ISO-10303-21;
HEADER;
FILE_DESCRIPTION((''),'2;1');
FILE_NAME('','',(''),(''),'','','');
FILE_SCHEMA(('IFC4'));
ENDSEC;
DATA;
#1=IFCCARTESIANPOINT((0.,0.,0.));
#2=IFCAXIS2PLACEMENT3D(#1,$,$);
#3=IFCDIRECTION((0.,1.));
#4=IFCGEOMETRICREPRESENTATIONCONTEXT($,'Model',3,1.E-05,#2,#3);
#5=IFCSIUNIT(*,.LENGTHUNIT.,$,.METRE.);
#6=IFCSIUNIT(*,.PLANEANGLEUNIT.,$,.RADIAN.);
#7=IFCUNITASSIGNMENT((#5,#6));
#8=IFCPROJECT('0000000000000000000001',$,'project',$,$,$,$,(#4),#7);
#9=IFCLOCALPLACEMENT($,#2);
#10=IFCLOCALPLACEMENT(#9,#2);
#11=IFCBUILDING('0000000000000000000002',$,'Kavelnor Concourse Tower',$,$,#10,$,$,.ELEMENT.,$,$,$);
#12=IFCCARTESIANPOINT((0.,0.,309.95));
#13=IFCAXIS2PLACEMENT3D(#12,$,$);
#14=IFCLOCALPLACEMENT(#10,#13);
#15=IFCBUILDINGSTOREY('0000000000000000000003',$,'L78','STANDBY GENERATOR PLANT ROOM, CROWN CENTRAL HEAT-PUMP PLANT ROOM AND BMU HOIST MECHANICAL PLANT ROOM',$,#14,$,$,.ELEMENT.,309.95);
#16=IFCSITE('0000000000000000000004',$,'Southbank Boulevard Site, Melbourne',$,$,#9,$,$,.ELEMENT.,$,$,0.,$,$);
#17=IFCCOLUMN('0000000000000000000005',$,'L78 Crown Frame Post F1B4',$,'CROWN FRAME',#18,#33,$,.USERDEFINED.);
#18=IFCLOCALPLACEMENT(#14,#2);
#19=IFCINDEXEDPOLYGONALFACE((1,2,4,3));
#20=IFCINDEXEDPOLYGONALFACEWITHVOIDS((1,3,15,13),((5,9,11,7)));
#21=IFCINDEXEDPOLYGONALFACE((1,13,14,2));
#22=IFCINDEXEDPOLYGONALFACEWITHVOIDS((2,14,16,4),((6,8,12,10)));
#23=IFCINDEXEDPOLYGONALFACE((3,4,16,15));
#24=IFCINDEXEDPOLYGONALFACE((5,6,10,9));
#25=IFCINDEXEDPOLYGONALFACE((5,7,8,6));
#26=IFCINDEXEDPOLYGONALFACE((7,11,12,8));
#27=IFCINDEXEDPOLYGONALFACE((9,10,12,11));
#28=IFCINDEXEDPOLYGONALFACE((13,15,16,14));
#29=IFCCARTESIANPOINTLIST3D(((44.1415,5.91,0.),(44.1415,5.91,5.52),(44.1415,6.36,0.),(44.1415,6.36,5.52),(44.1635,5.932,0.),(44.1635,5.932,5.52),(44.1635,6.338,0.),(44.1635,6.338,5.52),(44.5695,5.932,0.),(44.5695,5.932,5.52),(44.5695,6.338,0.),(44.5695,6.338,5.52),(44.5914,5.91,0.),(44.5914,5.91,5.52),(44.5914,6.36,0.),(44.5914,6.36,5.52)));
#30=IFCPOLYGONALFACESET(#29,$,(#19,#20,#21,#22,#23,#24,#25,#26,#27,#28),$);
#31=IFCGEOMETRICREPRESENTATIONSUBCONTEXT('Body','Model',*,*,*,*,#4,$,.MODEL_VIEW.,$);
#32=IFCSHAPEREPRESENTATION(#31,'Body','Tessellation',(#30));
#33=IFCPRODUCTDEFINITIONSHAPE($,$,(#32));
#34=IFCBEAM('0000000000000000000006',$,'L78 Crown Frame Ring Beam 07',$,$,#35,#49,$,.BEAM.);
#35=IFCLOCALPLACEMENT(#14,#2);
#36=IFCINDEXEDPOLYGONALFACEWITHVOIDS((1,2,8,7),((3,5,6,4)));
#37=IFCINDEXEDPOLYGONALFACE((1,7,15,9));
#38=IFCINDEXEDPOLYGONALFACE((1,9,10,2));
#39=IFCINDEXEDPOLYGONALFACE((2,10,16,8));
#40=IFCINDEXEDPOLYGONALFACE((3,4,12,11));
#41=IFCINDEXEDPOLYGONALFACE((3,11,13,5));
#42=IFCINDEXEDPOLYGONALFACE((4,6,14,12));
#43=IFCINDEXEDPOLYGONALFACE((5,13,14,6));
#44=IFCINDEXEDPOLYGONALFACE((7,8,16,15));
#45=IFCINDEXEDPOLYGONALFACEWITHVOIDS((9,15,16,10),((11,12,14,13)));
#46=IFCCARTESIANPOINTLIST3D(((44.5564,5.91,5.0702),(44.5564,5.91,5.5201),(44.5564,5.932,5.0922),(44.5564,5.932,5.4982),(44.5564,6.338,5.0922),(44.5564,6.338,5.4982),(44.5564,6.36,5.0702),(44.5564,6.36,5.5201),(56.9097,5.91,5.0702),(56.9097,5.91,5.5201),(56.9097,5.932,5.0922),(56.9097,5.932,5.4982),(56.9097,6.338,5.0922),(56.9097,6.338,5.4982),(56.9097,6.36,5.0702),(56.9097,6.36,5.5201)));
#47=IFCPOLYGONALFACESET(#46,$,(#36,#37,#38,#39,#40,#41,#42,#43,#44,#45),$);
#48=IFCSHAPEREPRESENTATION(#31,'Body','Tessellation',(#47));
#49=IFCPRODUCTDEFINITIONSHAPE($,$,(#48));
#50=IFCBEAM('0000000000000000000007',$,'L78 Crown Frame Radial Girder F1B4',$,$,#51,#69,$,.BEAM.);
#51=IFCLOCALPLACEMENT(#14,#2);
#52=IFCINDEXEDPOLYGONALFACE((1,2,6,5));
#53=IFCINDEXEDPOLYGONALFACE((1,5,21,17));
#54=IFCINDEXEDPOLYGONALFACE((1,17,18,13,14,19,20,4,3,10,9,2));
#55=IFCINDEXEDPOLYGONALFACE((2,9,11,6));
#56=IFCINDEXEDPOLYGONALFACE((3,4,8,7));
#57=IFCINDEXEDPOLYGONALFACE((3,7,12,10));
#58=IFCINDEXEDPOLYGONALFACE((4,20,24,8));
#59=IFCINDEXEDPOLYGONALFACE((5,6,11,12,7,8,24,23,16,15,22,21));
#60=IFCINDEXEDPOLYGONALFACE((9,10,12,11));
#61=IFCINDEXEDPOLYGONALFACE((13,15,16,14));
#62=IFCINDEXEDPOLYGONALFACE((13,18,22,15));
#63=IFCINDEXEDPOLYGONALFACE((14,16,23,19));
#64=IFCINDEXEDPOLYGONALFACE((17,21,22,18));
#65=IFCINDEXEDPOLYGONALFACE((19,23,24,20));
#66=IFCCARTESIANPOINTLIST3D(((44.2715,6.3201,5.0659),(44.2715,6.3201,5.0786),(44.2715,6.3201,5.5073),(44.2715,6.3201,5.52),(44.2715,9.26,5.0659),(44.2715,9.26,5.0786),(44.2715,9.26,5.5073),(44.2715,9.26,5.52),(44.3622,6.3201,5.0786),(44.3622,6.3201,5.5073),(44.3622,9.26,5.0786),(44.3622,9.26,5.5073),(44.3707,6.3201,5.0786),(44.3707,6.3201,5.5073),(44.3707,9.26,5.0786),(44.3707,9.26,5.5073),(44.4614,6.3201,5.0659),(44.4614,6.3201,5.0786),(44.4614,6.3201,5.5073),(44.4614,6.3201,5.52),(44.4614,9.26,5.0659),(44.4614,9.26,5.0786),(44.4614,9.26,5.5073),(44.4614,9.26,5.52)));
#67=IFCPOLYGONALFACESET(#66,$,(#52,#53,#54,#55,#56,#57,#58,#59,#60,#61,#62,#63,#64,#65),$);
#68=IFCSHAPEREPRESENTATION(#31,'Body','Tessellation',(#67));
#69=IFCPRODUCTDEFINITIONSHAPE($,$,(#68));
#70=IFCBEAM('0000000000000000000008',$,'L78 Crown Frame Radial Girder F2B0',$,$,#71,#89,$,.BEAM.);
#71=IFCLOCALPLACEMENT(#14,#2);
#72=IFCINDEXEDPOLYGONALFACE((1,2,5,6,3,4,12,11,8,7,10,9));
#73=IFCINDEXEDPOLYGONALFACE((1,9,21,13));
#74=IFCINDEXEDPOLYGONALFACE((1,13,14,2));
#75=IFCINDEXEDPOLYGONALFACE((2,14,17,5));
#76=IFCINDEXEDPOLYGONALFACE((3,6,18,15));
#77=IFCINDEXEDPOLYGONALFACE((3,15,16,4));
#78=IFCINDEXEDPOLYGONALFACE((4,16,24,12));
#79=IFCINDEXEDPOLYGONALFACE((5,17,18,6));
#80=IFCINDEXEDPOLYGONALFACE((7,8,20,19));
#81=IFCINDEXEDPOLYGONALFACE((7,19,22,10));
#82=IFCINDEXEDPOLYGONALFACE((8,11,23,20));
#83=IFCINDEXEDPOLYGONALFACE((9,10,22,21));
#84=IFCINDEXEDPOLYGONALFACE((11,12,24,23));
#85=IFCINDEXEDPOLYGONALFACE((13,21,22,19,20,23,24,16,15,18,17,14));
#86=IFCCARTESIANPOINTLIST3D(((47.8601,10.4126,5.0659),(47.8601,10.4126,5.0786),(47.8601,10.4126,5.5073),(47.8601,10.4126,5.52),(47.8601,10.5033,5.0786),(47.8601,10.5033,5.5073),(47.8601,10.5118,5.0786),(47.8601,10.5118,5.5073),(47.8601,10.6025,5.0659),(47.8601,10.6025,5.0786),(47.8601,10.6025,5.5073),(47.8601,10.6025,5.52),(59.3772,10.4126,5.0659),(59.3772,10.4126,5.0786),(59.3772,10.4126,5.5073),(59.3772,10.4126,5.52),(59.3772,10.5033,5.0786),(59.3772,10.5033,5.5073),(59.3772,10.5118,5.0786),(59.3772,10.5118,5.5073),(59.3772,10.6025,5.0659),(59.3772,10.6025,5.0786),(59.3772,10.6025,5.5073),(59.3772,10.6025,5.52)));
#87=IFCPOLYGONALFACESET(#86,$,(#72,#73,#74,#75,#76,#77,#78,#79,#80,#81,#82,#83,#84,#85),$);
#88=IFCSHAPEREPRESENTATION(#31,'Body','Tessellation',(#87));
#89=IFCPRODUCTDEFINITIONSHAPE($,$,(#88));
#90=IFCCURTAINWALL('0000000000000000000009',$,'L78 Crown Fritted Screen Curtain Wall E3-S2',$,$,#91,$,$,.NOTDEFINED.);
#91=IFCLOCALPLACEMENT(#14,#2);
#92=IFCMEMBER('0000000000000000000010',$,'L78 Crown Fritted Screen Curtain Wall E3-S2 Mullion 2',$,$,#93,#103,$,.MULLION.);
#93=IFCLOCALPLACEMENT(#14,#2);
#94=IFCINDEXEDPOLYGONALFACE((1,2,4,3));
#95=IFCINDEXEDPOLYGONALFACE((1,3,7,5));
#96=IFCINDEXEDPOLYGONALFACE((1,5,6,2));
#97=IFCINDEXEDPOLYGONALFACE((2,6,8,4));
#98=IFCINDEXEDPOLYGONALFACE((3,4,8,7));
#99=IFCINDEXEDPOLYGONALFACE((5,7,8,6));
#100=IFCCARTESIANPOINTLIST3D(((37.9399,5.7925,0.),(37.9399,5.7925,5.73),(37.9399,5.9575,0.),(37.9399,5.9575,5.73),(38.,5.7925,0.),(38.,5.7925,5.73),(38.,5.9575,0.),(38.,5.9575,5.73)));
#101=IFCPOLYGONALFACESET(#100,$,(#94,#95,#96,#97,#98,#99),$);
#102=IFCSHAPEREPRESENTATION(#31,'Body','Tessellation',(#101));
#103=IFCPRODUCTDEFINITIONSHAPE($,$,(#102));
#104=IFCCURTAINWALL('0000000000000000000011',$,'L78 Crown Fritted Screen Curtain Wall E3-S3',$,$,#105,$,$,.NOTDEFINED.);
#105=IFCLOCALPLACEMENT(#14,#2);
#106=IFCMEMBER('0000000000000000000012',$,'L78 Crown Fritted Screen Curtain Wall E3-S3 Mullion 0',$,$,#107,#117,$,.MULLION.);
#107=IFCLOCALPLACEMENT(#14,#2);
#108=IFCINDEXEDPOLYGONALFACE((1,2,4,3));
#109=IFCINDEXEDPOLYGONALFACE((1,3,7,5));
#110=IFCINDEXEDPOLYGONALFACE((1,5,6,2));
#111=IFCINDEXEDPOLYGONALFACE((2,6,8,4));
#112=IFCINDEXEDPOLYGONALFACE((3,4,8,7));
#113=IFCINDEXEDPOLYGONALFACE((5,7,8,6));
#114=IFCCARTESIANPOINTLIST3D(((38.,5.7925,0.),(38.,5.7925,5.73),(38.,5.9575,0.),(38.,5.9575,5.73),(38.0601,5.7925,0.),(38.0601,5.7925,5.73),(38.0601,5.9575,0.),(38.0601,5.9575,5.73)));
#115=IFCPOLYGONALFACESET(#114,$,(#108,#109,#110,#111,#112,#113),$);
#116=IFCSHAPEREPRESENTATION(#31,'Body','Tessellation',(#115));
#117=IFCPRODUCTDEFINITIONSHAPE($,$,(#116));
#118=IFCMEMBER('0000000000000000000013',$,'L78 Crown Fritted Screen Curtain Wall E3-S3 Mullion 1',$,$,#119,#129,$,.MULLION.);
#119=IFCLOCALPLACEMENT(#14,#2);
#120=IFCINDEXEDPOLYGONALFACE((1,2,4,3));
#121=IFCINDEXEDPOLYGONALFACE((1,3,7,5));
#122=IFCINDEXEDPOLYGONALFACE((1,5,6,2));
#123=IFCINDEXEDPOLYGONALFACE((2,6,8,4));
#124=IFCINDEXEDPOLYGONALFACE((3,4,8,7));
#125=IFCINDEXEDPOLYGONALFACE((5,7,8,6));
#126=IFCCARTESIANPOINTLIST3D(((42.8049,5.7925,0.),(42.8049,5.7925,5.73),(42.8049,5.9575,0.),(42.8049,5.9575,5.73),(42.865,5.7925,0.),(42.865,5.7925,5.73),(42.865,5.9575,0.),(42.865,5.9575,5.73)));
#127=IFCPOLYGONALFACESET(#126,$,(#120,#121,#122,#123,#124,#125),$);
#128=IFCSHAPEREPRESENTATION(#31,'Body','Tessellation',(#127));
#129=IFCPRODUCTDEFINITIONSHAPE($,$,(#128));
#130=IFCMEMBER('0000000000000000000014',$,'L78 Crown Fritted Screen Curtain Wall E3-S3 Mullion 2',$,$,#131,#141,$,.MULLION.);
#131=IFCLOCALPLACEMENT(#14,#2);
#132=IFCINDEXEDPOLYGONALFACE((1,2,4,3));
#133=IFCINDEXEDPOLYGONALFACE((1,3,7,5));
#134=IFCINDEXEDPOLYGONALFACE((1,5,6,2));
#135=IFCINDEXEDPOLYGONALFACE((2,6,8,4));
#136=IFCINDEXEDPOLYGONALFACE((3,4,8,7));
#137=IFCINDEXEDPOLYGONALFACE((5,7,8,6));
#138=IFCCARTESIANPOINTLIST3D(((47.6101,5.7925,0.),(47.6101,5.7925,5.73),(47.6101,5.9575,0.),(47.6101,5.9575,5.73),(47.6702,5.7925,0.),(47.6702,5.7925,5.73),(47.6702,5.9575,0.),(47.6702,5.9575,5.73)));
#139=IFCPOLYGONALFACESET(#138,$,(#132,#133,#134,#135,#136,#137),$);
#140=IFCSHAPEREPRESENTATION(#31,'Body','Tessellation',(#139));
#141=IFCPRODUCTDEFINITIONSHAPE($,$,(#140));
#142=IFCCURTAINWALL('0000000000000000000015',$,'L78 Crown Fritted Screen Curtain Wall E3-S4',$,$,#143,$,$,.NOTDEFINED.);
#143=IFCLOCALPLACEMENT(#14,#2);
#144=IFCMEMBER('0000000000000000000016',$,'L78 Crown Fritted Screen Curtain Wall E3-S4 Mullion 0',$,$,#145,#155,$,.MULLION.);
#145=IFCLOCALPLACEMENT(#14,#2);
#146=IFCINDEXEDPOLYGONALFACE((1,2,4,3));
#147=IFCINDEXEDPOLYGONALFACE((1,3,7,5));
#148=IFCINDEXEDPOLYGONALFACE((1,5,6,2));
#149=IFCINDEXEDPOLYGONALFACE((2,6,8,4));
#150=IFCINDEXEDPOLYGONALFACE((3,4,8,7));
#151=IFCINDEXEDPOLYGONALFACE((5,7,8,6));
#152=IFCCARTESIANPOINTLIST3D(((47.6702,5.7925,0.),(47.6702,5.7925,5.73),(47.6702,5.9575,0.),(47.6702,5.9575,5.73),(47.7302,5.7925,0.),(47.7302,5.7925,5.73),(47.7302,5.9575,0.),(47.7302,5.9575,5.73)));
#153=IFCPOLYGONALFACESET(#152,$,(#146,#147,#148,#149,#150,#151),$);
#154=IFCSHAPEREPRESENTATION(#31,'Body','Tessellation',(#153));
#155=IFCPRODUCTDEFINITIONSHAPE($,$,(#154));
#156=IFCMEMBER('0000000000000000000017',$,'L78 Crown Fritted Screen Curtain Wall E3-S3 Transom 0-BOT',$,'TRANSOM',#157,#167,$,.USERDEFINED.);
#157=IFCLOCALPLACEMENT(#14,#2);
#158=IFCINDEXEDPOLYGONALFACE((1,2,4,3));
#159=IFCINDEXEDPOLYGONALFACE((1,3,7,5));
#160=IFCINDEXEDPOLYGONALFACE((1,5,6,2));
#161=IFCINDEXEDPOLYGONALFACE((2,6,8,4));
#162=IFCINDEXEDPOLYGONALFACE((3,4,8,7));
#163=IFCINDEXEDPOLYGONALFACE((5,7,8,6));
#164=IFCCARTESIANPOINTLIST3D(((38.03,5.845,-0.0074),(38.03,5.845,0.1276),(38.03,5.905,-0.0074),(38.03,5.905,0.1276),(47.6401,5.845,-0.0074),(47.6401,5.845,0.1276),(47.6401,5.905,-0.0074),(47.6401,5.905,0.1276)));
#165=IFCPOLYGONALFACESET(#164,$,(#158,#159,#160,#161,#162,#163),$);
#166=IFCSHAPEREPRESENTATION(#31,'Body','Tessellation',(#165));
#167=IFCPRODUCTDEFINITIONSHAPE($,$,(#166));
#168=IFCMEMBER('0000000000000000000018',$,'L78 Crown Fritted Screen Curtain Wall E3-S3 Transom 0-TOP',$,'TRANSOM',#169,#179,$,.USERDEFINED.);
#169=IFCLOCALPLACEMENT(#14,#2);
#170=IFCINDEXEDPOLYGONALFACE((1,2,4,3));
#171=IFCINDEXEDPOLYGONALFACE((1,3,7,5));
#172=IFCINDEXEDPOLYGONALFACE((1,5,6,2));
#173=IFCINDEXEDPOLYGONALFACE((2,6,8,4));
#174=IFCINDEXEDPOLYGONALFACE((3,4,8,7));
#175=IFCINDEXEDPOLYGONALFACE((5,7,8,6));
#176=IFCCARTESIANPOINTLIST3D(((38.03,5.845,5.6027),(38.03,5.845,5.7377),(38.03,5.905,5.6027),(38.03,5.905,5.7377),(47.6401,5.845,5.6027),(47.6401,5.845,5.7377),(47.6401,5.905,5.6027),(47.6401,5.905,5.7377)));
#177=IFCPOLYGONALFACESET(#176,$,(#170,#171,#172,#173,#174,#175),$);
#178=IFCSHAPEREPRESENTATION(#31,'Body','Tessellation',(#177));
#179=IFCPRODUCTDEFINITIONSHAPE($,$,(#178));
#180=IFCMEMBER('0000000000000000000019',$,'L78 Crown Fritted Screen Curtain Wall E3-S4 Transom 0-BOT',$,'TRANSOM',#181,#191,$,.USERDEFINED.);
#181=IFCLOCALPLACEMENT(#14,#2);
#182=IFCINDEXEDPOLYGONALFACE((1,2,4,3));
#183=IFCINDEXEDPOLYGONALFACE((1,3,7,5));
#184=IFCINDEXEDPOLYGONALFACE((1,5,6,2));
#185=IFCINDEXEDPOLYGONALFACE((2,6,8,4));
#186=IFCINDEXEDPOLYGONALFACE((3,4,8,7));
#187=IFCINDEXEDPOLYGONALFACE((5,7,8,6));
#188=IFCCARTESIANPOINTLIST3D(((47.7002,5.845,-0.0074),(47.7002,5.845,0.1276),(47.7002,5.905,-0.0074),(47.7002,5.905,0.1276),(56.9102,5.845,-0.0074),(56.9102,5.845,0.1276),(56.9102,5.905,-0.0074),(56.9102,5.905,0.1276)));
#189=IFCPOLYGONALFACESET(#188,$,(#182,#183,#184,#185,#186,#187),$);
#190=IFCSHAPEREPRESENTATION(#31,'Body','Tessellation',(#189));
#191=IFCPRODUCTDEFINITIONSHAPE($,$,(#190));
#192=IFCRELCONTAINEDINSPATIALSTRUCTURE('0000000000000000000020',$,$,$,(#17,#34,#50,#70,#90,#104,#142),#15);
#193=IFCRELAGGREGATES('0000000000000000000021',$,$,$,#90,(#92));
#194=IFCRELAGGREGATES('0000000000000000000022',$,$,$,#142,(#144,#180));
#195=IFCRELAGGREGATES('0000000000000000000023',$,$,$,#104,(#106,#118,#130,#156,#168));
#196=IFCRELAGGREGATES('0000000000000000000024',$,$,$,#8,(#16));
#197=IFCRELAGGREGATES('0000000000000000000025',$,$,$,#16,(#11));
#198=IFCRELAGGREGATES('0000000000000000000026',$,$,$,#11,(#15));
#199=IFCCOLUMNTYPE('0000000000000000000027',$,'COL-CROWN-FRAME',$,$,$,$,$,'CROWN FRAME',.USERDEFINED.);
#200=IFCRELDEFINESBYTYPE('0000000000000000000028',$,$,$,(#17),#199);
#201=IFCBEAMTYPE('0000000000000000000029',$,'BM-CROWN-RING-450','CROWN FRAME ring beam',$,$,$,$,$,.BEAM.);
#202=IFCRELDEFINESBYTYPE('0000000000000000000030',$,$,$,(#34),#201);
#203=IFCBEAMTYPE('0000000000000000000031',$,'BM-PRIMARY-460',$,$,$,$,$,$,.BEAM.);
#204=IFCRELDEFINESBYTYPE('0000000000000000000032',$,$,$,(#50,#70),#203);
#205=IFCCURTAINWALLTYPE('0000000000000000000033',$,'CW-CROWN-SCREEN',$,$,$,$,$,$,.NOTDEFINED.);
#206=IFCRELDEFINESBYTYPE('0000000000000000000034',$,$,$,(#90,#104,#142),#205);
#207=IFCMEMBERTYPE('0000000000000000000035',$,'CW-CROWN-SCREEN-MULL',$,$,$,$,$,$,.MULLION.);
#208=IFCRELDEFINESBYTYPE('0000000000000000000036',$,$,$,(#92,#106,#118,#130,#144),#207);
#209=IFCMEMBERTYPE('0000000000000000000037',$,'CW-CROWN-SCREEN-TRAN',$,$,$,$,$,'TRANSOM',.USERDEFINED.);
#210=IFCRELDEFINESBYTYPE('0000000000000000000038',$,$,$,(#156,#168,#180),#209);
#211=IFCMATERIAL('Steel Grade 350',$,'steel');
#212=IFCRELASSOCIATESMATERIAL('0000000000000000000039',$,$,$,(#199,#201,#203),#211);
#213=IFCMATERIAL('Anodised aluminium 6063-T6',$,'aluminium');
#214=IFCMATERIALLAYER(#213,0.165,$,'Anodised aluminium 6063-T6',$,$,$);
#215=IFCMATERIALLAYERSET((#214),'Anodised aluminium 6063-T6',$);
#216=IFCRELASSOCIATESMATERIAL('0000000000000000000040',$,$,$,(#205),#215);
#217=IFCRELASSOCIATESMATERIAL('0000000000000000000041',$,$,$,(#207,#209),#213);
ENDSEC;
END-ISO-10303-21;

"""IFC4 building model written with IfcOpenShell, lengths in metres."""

from ifc_helpers import new_model, si_unit, direction, frame, origin, origin_2d, place, context, subcontext, project, spatial, rectangle, hollow_rectangle, i_section, extrude, material, layer, layer_set, material_profile, profile_set, type_object, element, aggregate, save


model = new_model("IFC4")

# Units and contexts
model_context = context("Model", 3, precision=1e-05, world=origin(), true_north=direction((0.0, 1.0)))
body_context = subcontext(model_context, "Body", "Model", "MODEL_VIEW")
ifc_project = project(units=[si_unit("LENGTHUNIT", "METRE"), si_unit("PLANEANGLEUNIT", "RADIAN")], contexts=[model_context])

# Site, building, storey
site_placement = place(None, origin())
site = spatial("IfcSite", under=ifc_project, at=site_placement, Name="Southbank Boulevard Site, Melbourne", CompositionType="ELEMENT", RefElevation=0.0)
building_placement = place(site_placement, origin())
building = spatial("IfcBuilding", under=site, at=building_placement, Name="Kavelnor Concourse Tower", CompositionType="ELEMENT")
storey_placement = place(building_placement, frame((0.0, 0.0, 309.95)))
storey = spatial("IfcBuildingStorey", under=building, at=storey_placement, Name="L78", Description="STANDBY GENERATOR PLANT ROOM, CROWN CENTRAL HEAT-PUMP PLANT ROOM AND BMU HOIST MECHANICAL PLANT ROOM", CompositionType="ELEMENT", Elevation=309.95)

# Column
ifc_material_1 = material(Name="Steel Grade 350", Category="steel")
ifc_material_profile_1 = material_profile(ifc_material_1, hollow_rectangle(XDim=0.45, YDim=0.45, WallThickness=0.022, at=origin_2d()), Name="SHS 450x450x22")
ifc_profile_set_1 = profile_set([ifc_material_profile_1], Name="Steel Grade 350")
column_type = type_object("IfcColumnType", Name="COL-CROWN-FRAME", ElementType="CROWN FRAME", PredefinedType="USERDEFINED", material=ifc_profile_set_1)
column_placement = place(storey_placement, frame((44.3665, 6.135, 0.0), z_axis=(0.0, 0.0, 1.0), x_axis=(1.0, 0.0, 0.0)))
element("IfcColumn", 1, at=column_placement, inside=storey, type_object=column_type, Name="L78 Crown Frame Post F1B4", ObjectType="CROWN FRAME", PredefinedType="USERDEFINED", context=body_context, shape_type="SweptSolid", body=[
    extrude(hollow_rectangle(XDim=0.45, YDim=0.45, WallThickness=0.022, at=origin_2d()), origin(), (0.0, 0.0, 1.0), 5.52),
])

# Beams
ifc_material_profile_2 = material_profile(ifc_material_1, hollow_rectangle(XDim=0.45, YDim=0.45, WallThickness=0.022, at=origin_2d()), Name="RHS 450x450x22")
ifc_profile_set_2 = profile_set([ifc_material_profile_2], Name="Steel Grade 350")
beam_type_1 = type_object("IfcBeamType", Name="BM-CROWN-RING-450", Description="CROWN FRAME ring beam", PredefinedType="BEAM", material=ifc_profile_set_2)
beam_1_placement = place(storey_placement, frame((44.5564, 6.135, 5.2952), z_axis=(1.0, 0.0, 0.0), x_axis=(0.0, 1.0, 0.0)))
element("IfcBeam", 2, at=beam_1_placement, inside=storey, type_object=beam_type_1, Name="L78 Crown Frame Ring Beam 07", PredefinedType="BEAM", context=body_context, shape_type="SweptSolid", body=[
    extrude(hollow_rectangle(XDim=0.45, YDim=0.45, WallThickness=0.022, at=origin_2d()), origin(), (0.0, 0.0, 1.0), 12.3533),
])
ifc_material_profile_3 = material_profile(ifc_material_1, i_section(OverallWidth=0.1899, OverallDepth=0.4541, WebThickness=0.0085, FlangeThickness=0.0127, at=origin_2d()), Name="460UB67")
ifc_profile_set_3 = profile_set([ifc_material_profile_3], Name="Steel Grade 350")
beam_type_2 = type_object("IfcBeamType", Name="BM-PRIMARY-460", PredefinedType="BEAM", material=ifc_profile_set_3)
beam_2_placement = place(storey_placement, frame((44.3665, 9.26, 5.293), z_axis=(0.0, -1.0, 0.0), x_axis=(1.0, 0.0, 0.0)))
element("IfcBeam", 3, at=beam_2_placement, inside=storey, type_object=beam_type_2, Name="L78 Crown Frame Radial Girder F1B4", PredefinedType="BEAM", context=body_context, shape_type="SweptSolid", body=[
    extrude(i_section(OverallWidth=0.1899, OverallDepth=0.4541, WebThickness=0.0085, FlangeThickness=0.0127, at=origin_2d()), origin(), (0.0, 0.0, 1.0), 2.9399),
])
beam_3_placement = place(storey_placement, frame((47.8601, 10.5076, 5.293), z_axis=(1.0, 0.0, 0.0), x_axis=(0.0, 1.0, 0.0)))
element("IfcBeam", 4, at=beam_3_placement, inside=storey, type_object=beam_type_2, Name="L78 Crown Frame Radial Girder F2B0", PredefinedType="BEAM", context=body_context, shape_type="SweptSolid", body=[
    extrude(i_section(OverallWidth=0.1899, OverallDepth=0.4541, WebThickness=0.0085, FlangeThickness=0.0127, at=origin_2d()), origin(), (0.0, 0.0, 1.0), 11.5171),
])

# Curtain wall, member
ifc_material_2 = material(Name="Anodised aluminium 6063-T6", Category="aluminium")
ifc_layer_1 = layer(ifc_material_2, 0.165, Name="Anodised aluminium 6063-T6")
ifc_layer_set_1 = layer_set([ifc_layer_1], Name="Anodised aluminium 6063-T6")
curtain_wall_type = type_object("IfcCurtainWallType", Name="CW-CROWN-SCREEN", PredefinedType="NOTDEFINED", material=ifc_layer_set_1)
curtain_wall_1_placement = place(storey_placement, origin())
curtain_wall_1 = element("IfcCurtainWall", 5, at=curtain_wall_1_placement, inside=storey, type_object=curtain_wall_type, Name="L78 Crown Fritted Screen Curtain Wall E3-S2", PredefinedType="NOTDEFINED")
ifc_material_profile_4 = material_profile(ifc_material_2, rectangle(XDim=0.0601, YDim=0.165, at=origin_2d()), Name="AL-MULL 60x165")
ifc_profile_set_4 = profile_set([ifc_material_profile_4], Name="Anodised aluminium 6063-T6")
member_type_1 = type_object("IfcMemberType", Name="CW-CROWN-SCREEN-MULL", PredefinedType="MULLION", material=ifc_profile_set_4)
member_1_placement = place(storey_placement, frame((37.97, 5.875, 0.0), z_axis=(0.0, 0.0, 1.0), x_axis=(1.0, 0.0, 0.0)))
member_1 = element("IfcMember", 6, at=member_1_placement, type_object=member_type_1, Name="L78 Crown Fritted Screen Curtain Wall E3-S2 Mullion 2", PredefinedType="MULLION", context=body_context, shape_type="SweptSolid", body=[
    extrude(rectangle(XDim=0.0601, YDim=0.165, at=origin_2d()), origin(), (0.0, 0.0, 1.0), 5.73),
])
aggregate(curtain_wall_1, [member_1])

# Curtain wall, members
curtain_wall_2_placement = place(storey_placement, origin())
curtain_wall_2 = element("IfcCurtainWall", 7, at=curtain_wall_2_placement, inside=storey, type_object=curtain_wall_type, Name="L78 Crown Fritted Screen Curtain Wall E3-S3", PredefinedType="NOTDEFINED")
member_2_placement = place(storey_placement, frame((38.03, 5.875, 0.0), z_axis=(0.0, 0.0, 1.0), x_axis=(1.0, 0.0, 0.0)))
member_2 = element("IfcMember", 8, at=member_2_placement, type_object=member_type_1, Name="L78 Crown Fritted Screen Curtain Wall E3-S3 Mullion 0", PredefinedType="MULLION", context=body_context, shape_type="SweptSolid", body=[
    extrude(rectangle(XDim=0.0601, YDim=0.165, at=origin_2d()), origin(), (0.0, 0.0, 1.0), 5.73),
])
member_3_placement = place(storey_placement, frame((42.835, 5.875, 0.0), z_axis=(0.0, 0.0, 1.0), x_axis=(1.0, 0.0, 0.0)))
member_3 = element("IfcMember", 9, at=member_3_placement, type_object=member_type_1, Name="L78 Crown Fritted Screen Curtain Wall E3-S3 Mullion 1", PredefinedType="MULLION", context=body_context, shape_type="SweptSolid", body=[
    extrude(rectangle(XDim=0.0601, YDim=0.165, at=origin_2d()), origin(), (0.0, 0.0, 1.0), 5.73),
])
member_4_placement = place(storey_placement, frame((47.6401, 5.875, 0.0), z_axis=(0.0, 0.0, 1.0), x_axis=(1.0, 0.0, 0.0)))
member_4 = element("IfcMember", 10, at=member_4_placement, type_object=member_type_1, Name="L78 Crown Fritted Screen Curtain Wall E3-S3 Mullion 2", PredefinedType="MULLION", context=body_context, shape_type="SweptSolid", body=[
    extrude(rectangle(XDim=0.0601, YDim=0.165, at=origin_2d()), origin(), (0.0, 0.0, 1.0), 5.73),
])

# Curtain wall, member
curtain_wall_3_placement = place(storey_placement, origin())
curtain_wall_3 = element("IfcCurtainWall", 11, at=curtain_wall_3_placement, inside=storey, type_object=curtain_wall_type, Name="L78 Crown Fritted Screen Curtain Wall E3-S4", PredefinedType="NOTDEFINED")
member_5_placement = place(storey_placement, frame((47.7002, 5.875, 0.0), z_axis=(0.0, 0.0, 1.0), x_axis=(1.0, 0.0, 0.0)))
member_5 = element("IfcMember", 12, at=member_5_placement, type_object=member_type_1, Name="L78 Crown Fritted Screen Curtain Wall E3-S4 Mullion 0", PredefinedType="MULLION", context=body_context, shape_type="SweptSolid", body=[
    extrude(rectangle(XDim=0.0601, YDim=0.165, at=origin_2d()), origin(), (0.0, 0.0, 1.0), 5.73),
])

# Members
ifc_material_profile_5 = material_profile(ifc_material_2, rectangle(XDim=0.0601, YDim=0.135, at=origin_2d()), Name="AL-TRAN 60x135")
ifc_profile_set_5 = profile_set([ifc_material_profile_5], Name="Anodised aluminium 6063-T6")
member_type_2 = type_object("IfcMemberType", Name="CW-CROWN-SCREEN-TRAN", ElementType="TRANSOM", PredefinedType="USERDEFINED", material=ifc_profile_set_5)
member_6_placement = place(storey_placement, frame((38.03, 5.875, 0.0601), z_axis=(1.0, 0.0, 0.0), x_axis=(0.0, 1.0, 0.0)))
member_6 = element("IfcMember", 13, at=member_6_placement, type_object=member_type_2, Name="L78 Crown Fritted Screen Curtain Wall E3-S3 Transom 0-BOT", ObjectType="TRANSOM", PredefinedType="USERDEFINED", context=body_context, shape_type="SweptSolid", body=[
    extrude(rectangle(XDim=0.0601, YDim=0.135, at=origin_2d()), origin(), (0.0, 0.0, 1.0), 9.6101),
])
member_7_placement = place(storey_placement, frame((38.03, 5.875, 5.6702), z_axis=(1.0, 0.0, 0.0), x_axis=(0.0, 1.0, 0.0)))
member_7 = element("IfcMember", 14, at=member_7_placement, type_object=member_type_2, Name="L78 Crown Fritted Screen Curtain Wall E3-S3 Transom 0-TOP", ObjectType="TRANSOM", PredefinedType="USERDEFINED", context=body_context, shape_type="SweptSolid", body=[
    extrude(rectangle(XDim=0.0601, YDim=0.135, at=origin_2d()), origin(), (0.0, 0.0, 1.0), 9.6101),
])
member_8_placement = place(storey_placement, frame((47.7002, 5.875, 0.0601), z_axis=(1.0, 0.0, 0.0), x_axis=(0.0, 1.0, 0.0)))
member_8 = element("IfcMember", 15, at=member_8_placement, type_object=member_type_2, Name="L78 Crown Fritted Screen Curtain Wall E3-S4 Transom 0-BOT", ObjectType="TRANSOM", PredefinedType="USERDEFINED", context=body_context, shape_type="SweptSolid", body=[
    extrude(rectangle(XDim=0.0601, YDim=0.135, at=origin_2d()), origin(), (0.0, 0.0, 1.0), 9.21),
])
aggregate(curtain_wall_3, [member_5, member_8])

aggregate(curtain_wall_2, [member_2, member_3, member_4, member_6, member_7])

save(model, "model.ifc")
